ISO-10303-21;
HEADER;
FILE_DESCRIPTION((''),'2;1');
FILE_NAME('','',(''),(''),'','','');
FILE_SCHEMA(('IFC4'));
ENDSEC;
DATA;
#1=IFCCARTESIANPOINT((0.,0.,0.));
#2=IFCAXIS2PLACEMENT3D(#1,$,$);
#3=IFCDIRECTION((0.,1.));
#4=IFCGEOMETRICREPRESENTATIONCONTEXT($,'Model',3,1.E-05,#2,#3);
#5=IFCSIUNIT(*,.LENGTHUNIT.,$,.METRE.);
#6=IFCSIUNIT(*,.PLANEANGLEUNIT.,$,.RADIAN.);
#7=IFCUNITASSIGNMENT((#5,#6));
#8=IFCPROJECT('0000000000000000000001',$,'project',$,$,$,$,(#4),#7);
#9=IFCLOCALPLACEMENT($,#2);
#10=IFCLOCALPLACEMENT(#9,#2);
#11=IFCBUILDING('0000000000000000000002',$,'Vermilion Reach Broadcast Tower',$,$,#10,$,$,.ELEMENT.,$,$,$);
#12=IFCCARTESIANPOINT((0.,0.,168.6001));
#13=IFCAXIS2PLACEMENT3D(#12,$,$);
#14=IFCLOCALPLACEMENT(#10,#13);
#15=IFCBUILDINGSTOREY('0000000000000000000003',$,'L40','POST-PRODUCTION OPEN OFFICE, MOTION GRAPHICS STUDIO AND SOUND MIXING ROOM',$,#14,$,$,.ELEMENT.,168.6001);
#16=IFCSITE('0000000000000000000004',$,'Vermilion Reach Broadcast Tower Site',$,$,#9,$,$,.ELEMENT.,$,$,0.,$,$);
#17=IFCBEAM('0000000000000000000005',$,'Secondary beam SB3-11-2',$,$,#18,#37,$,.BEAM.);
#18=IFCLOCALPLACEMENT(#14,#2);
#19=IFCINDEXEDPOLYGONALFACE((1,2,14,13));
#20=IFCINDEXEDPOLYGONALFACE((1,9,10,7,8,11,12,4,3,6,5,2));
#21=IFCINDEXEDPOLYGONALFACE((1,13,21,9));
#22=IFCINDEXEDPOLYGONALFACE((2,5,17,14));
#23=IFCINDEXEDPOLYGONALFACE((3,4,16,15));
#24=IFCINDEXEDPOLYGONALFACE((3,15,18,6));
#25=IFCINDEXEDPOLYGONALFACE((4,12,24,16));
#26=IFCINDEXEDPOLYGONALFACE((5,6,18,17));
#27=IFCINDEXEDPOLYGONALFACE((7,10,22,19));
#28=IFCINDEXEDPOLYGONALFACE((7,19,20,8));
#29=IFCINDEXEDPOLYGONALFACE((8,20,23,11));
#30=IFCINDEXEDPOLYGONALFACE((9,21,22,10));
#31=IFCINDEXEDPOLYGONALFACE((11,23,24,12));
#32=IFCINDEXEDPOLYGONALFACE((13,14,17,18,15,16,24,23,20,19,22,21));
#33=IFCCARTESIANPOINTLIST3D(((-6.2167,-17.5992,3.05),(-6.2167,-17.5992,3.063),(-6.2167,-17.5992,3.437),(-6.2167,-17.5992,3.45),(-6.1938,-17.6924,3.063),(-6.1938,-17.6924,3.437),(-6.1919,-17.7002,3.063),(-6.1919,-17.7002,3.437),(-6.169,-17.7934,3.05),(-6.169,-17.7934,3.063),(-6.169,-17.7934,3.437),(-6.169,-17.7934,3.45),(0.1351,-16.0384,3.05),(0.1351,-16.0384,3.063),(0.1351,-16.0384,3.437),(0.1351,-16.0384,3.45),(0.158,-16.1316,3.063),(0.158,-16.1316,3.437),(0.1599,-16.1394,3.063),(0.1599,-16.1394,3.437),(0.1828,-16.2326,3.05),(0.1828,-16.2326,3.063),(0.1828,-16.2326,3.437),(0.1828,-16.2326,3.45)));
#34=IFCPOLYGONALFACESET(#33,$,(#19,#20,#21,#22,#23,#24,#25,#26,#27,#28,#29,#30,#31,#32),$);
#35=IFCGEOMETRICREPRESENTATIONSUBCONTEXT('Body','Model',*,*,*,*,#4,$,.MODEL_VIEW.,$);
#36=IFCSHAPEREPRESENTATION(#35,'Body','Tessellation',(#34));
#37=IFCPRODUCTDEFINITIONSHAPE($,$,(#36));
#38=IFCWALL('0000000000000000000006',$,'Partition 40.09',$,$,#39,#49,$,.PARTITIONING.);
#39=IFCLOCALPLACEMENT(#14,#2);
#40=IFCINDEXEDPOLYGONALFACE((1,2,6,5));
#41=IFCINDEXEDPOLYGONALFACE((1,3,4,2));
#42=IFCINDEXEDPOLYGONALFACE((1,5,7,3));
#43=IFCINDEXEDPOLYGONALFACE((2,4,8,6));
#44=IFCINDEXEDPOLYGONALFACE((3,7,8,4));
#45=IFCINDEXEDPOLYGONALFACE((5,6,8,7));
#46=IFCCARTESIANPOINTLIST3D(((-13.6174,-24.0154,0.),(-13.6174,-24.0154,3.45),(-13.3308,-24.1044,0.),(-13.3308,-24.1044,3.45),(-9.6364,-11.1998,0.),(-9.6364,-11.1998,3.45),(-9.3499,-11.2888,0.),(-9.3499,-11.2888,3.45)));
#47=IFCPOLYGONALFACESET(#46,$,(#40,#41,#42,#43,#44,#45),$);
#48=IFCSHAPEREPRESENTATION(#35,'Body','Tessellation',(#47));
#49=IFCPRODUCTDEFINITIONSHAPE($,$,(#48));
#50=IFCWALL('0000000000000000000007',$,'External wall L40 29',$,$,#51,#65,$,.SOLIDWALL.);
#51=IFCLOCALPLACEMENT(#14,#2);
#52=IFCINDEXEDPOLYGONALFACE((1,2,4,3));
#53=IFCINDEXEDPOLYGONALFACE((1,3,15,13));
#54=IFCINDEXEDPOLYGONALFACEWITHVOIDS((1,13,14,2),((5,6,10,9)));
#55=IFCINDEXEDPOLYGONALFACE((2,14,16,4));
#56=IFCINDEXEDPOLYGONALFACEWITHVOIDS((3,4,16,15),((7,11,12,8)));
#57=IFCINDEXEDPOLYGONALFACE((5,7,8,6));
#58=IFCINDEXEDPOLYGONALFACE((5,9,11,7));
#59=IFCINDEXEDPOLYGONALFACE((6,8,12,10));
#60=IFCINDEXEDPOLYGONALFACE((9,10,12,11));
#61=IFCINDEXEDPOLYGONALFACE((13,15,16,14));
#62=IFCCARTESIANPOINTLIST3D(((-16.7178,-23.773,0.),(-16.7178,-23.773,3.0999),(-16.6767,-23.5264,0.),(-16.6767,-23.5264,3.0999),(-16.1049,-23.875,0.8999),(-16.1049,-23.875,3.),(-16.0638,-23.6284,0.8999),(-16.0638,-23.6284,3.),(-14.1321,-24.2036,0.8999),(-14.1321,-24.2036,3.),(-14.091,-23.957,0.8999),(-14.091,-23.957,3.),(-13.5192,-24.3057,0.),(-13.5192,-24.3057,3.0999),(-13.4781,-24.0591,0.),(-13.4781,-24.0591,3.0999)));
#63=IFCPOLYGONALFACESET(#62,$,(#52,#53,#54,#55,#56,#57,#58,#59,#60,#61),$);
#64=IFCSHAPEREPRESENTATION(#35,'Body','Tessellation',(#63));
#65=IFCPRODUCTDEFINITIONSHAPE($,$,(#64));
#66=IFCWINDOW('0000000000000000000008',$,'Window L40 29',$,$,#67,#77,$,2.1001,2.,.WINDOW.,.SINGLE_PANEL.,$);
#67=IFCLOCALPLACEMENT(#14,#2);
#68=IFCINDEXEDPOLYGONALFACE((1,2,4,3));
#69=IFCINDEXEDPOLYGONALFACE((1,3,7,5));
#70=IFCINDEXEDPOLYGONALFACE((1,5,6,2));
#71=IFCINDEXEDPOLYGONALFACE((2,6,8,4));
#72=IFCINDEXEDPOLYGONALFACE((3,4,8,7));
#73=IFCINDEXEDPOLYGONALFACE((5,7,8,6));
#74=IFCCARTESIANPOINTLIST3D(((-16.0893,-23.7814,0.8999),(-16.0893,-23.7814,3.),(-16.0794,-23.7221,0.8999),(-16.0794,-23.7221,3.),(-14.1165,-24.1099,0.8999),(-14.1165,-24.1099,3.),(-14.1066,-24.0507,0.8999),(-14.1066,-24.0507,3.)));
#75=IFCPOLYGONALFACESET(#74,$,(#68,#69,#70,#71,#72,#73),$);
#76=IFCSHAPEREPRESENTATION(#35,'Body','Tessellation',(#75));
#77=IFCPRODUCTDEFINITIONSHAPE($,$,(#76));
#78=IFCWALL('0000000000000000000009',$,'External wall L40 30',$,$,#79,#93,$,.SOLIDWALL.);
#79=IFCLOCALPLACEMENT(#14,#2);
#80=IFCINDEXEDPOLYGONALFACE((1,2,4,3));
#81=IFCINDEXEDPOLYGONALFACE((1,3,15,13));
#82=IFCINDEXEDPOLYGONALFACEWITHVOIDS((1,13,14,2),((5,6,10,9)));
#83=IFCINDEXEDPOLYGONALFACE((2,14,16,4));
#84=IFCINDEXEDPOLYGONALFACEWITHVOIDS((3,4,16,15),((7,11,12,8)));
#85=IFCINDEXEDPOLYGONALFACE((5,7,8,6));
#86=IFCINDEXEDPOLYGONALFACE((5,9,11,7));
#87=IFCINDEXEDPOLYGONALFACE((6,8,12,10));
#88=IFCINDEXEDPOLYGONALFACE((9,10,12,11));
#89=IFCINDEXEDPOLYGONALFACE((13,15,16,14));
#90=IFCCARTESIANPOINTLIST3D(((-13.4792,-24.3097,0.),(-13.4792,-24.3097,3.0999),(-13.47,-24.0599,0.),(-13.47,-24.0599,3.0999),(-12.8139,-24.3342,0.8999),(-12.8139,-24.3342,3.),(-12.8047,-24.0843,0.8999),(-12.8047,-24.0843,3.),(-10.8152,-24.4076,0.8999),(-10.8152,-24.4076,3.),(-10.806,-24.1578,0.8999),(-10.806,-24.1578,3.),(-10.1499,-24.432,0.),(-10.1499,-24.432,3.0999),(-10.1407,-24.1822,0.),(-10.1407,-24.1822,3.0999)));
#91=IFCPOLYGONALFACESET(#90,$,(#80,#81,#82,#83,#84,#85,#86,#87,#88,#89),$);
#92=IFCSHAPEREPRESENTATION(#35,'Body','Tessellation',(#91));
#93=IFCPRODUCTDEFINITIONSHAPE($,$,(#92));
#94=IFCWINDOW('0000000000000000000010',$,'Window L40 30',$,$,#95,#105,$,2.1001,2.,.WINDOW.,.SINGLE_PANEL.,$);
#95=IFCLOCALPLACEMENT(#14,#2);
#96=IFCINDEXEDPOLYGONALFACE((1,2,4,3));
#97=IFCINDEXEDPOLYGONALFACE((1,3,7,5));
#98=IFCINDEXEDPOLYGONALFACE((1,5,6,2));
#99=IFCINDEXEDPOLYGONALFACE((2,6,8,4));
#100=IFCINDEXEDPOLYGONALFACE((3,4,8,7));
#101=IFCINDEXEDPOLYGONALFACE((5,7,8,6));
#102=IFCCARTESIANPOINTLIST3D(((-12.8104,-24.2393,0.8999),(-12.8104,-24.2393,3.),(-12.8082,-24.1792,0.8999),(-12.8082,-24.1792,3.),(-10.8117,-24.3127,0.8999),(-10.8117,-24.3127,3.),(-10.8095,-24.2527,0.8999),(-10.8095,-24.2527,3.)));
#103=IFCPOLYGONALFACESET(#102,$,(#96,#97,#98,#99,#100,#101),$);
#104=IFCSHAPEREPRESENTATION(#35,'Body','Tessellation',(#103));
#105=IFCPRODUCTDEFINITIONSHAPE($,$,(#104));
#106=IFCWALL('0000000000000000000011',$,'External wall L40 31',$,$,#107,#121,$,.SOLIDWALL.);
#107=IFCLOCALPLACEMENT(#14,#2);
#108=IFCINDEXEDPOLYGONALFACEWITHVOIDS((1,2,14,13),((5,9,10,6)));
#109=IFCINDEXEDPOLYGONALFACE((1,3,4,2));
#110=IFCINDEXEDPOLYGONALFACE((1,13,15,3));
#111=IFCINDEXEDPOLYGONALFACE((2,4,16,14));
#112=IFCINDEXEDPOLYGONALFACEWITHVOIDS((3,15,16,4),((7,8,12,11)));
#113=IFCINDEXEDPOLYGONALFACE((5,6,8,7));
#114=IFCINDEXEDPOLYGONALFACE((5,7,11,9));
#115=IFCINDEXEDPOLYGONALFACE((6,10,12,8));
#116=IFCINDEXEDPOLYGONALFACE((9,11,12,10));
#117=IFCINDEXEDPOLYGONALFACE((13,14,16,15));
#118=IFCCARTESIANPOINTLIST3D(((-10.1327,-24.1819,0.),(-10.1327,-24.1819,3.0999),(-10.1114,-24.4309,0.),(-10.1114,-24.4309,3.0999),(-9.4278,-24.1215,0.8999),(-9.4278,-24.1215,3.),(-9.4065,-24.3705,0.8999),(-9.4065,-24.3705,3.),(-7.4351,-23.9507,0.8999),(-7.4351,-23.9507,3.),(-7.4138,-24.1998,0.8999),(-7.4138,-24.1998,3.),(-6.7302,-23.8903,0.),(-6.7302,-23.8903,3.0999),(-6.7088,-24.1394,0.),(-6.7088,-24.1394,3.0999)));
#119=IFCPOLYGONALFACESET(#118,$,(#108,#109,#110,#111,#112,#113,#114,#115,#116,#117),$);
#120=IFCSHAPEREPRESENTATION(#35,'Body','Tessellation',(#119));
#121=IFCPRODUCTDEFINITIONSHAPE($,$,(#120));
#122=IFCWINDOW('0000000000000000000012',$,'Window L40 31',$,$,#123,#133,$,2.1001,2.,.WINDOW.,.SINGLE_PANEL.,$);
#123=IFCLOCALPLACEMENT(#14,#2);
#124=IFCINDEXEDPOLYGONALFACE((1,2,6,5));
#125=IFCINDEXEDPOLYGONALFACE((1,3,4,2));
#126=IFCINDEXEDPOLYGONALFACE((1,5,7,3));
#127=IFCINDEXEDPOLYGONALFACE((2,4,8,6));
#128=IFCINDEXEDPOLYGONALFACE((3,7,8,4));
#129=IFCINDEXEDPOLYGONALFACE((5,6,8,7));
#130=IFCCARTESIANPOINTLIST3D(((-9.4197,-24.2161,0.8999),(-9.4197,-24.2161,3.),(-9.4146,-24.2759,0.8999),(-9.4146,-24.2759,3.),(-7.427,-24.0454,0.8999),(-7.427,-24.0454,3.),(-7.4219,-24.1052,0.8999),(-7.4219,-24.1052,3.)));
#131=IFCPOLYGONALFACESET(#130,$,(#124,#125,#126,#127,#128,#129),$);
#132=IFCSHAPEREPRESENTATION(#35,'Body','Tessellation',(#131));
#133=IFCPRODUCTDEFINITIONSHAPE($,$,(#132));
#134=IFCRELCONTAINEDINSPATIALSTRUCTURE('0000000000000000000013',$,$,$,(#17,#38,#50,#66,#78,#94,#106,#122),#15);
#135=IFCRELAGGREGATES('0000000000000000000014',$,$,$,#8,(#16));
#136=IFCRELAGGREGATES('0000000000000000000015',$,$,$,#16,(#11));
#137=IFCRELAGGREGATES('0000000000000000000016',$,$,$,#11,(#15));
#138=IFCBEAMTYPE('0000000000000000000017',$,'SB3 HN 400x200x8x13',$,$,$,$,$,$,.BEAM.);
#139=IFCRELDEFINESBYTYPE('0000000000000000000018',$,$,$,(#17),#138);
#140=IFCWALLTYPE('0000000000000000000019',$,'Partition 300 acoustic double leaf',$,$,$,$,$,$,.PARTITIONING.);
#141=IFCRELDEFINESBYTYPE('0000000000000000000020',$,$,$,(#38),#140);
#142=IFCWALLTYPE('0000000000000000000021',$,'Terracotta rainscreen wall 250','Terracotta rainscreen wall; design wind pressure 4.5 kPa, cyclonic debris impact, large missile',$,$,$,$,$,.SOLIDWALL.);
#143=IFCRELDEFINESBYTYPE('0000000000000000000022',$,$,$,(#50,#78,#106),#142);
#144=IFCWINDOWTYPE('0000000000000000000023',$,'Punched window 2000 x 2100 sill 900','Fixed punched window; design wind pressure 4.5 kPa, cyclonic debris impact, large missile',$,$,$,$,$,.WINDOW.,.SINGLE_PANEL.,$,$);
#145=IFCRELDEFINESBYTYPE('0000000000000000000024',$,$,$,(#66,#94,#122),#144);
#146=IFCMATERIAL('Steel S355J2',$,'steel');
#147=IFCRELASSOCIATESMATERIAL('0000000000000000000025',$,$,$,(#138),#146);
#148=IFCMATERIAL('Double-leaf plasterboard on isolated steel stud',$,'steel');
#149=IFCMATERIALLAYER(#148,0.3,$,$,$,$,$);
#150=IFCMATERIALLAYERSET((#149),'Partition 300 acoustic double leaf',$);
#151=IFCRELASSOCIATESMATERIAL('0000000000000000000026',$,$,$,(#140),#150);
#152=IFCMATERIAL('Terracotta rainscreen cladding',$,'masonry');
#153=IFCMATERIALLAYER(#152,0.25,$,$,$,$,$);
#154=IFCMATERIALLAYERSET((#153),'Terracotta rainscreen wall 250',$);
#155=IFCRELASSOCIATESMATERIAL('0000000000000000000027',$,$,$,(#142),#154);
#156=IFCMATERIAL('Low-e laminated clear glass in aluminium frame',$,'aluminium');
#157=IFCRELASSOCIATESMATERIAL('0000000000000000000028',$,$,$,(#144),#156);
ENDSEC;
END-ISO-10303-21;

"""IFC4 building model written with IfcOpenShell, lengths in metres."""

from ifc_helpers import new_model, si_unit, direction, frame, frame_2d, origin, origin_2d, place, context, subcontext, project, spatial, rectangle, i_section, extrude, material, layer, layer_set, material_profile, profile_set, type_object, element, fill, save


model = new_model("IFC4")

# Units and contexts
model_context = context("Model", 3, precision=1e-05, world=origin(), true_north=direction((0.0, 1.0)))
body_context = subcontext(model_context, "Body", "Model", "MODEL_VIEW")
ifc_project = project(units=[si_unit("LENGTHUNIT", "METRE"), si_unit("PLANEANGLEUNIT", "RADIAN")], contexts=[model_context])

# Site, building, storey
site_placement = place(None, origin())
site = spatial("IfcSite", under=ifc_project, at=site_placement, Name="Vermilion Reach Broadcast Tower Site", CompositionType="ELEMENT", RefElevation=0.0)
building_placement = place(site_placement, origin())
building = spatial("IfcBuilding", under=site, at=building_placement, Name="Vermilion Reach Broadcast Tower", CompositionType="ELEMENT")
storey_placement = place(building_placement, frame((0.0, 0.0, 168.6001)))
storey = spatial("IfcBuildingStorey", under=building, at=storey_placement, Name="L40", Description="POST-PRODUCTION OPEN OFFICE, MOTION GRAPHICS STUDIO AND SOUND MIXING ROOM", CompositionType="ELEMENT", Elevation=168.6001)

# Beam
ifc_material_1 = material(Name="Steel S355J2", Category="steel")
ifc_material_profile_1 = material_profile(ifc_material_1, i_section(OverallWidth=0.2, OverallDepth=0.3999, WebThickness=0.0081, FlangeThickness=0.0129, at=origin_2d()), Name="S355J2 HN 400x200x8x13")
ifc_profile_set_1 = profile_set([ifc_material_profile_1], Name="Steel S355J2")
beam_type_1 = type_object("IfcBeamType", Name="SB3 HN 400x200x8x13", PredefinedType="BEAM", material=ifc_profile_set_1)
beam_1_placement = place(storey_placement, frame((-6.1929, -17.6963, 3.25), z_axis=(0.971112, 0.238625, 0.0), x_axis=(-0.238625, 0.971112, 0.0)))
element("IfcBeam", 1, at=beam_1_placement, inside=storey, type_object=beam_type_1, Name="Secondary beam SB3-11-2", PredefinedType="BEAM", context=body_context, shape_type="SweptSolid", body=[
    extrude(i_section(OverallWidth=0.2, OverallDepth=0.3999, WebThickness=0.0081, FlangeThickness=0.0129, at=origin_2d()), origin(), (0.0, 0.0, 1.0), 6.5408),
])

# Wall
ifc_material_2 = material(Name="Double-leaf plasterboard on isolated steel stud", Category="steel")
ifc_layer_1 = layer(ifc_material_2, 0.3)
ifc_layer_set_1 = layer_set([ifc_layer_1], Name="Partition 300 acoustic double leaf")
wall_type_1 = type_object("IfcWallType", Name="Partition 300 acoustic double leaf", PredefinedType="PARTITIONING", material=ifc_layer_set_1)
wall_1_placement = place(storey_placement, frame((-13.4741, -24.0601, 0.0), z_axis=(0.0, 0.0, 1.0), x_axis=(0.296649, 0.954986, 0.0)))
element("IfcWall", 2, at=wall_1_placement, inside=storey, type_object=wall_type_1, Name="Partition 40.09", PredefinedType="PARTITIONING", context=body_context, shape_type="SweptSolid", body=[
    extrude(rectangle(XDim=13.4197, YDim=0.3, at=frame_2d((6.71, 0.0))), origin(), (0.0, 0.0, 1.0), 3.45),
])

# Shared definitions
ifc_material_3 = material(Name="Terracotta rainscreen cladding", Category="masonry")
ifc_layer_2 = layer(ifc_material_3, 0.25)
ifc_layer_set_2 = layer_set([ifc_layer_2], Name="Terracotta rainscreen wall 250")
wall_type_2 = type_object("IfcWallType", Name="Terracotta rainscreen wall 250", Description="Terracotta rainscreen wall; design wind pressure 4.5 kPa, cyclonic debris impact, large missile", PredefinedType="SOLIDWALL", material=ifc_layer_set_2)

# Walls, openings, windows
wall_2_placement = place(storey_placement, frame((-16.6973, -23.6497, 0.0), z_axis=(0.0, 0.0, 1.0), x_axis=(0.986414, -0.164277, 0.0)))
wall_2 = element("IfcWall", 3, at=wall_2_placement, inside=storey, type_object=wall_type_2, Name="External wall L40 29", PredefinedType="SOLIDWALL", context=body_context, shape_type="SweptSolid", body=[
    extrude(rectangle(XDim=3.2427, YDim=0.25, at=frame_2d((1.6213, 0.0))), origin(), (0.0, 0.0, 1.0), 3.0999),
])
opening_1_placement = place(wall_2_placement, frame((0.6213, 0.0, 0.8999)))
opening_1 = element("IfcOpeningElement", 4, at=opening_1_placement, cuts=wall_2, PredefinedType="OPENING", context=body_context, shape_type="SweptSolid", body=[
    extrude(rectangle(XDim=2.0, YDim=2.1001, at=frame_2d((1.0, 1.05))), frame((0.0, 0.135, 0.0), z_axis=(0.0, -1.0, 0.0), x_axis=(1.0, 0.0, 0.0)), (0.0, 0.0, 1.0), 0.27),
])
ifc_material_4 = material(Name="Low-e laminated clear glass in aluminium frame", Category="aluminium")
window_type = type_object("IfcWindowType", Name="Punched window 2000 x 2100 sill 900", Description="Fixed punched window; design wind pressure 4.5 kPa, cyclonic debris impact, large missile", PartitioningType="SINGLE_PANEL", PredefinedType="WINDOW", material=ifc_material_4)
window_1_placement = place(opening_1_placement, origin())
window_1 = element("IfcWindow", 5, at=window_1_placement, inside=storey, type_object=window_type, Name="Window L40 29", OverallHeight=2.1001, OverallWidth=2.0, PartitioningType="SINGLE_PANEL", PredefinedType="WINDOW", context=body_context, shape_type="SweptSolid", body=[
    extrude(rectangle(XDim=2.0, YDim=2.1001, at=frame_2d((1.0, 1.05))), frame((0.0, 0.03, 0.0), z_axis=(0.0, -1.0, 0.0), x_axis=(1.0, 0.0, 0.0)), (0.0, 0.0, 1.0), 0.0601),
])
fill(opening_1, window_1)
wall_3_placement = place(storey_placement, frame((-13.4746, -24.1848, 0.0), z_axis=(0.0, 0.0, 1.0), x_axis=(0.999326, -0.036714, 0.0)))
wall_3 = element("IfcWall", 6, at=wall_3_placement, inside=storey, type_object=wall_type_2, Name="External wall L40 30", PredefinedType="SOLIDWALL", context=body_context, shape_type="SweptSolid", body=[
    extrude(rectangle(XDim=3.3315, YDim=0.25, at=frame_2d((1.6658, 0.0))), origin(), (0.0, 0.0, 1.0), 3.0999),
])
opening_2_placement = place(wall_3_placement, frame((0.6658, 0.0, 0.8999)))
opening_2 = element("IfcOpeningElement", 7, at=opening_2_placement, cuts=wall_3, PredefinedType="OPENING", context=body_context, shape_type="SweptSolid", body=[
    extrude(rectangle(XDim=2.0, YDim=2.1001, at=frame_2d((1.0, 1.05))), frame((0.0, 0.135, 0.0), z_axis=(0.0, -1.0, 0.0), x_axis=(1.0, 0.0, 0.0)), (0.0, 0.0, 1.0), 0.27),
])
window_2_placement = place(opening_2_placement, origin())
window_2 = element("IfcWindow", 8, at=window_2_placement, inside=storey, type_object=window_type, Name="Window L40 30", OverallHeight=2.1001, OverallWidth=2.0, PartitioningType="SINGLE_PANEL", PredefinedType="WINDOW", context=body_context, shape_type="SweptSolid", body=[
    extrude(rectangle(XDim=2.0, YDim=2.1001, at=frame_2d((1.0, 1.05))), frame((0.0, 0.03, 0.0), z_axis=(0.0, -1.0, 0.0), x_axis=(1.0, 0.0, 0.0)), (0.0, 0.0, 1.0), 0.0601),
])
fill(opening_2, window_2)
wall_4_placement = place(storey_placement, frame((-10.1221, -24.3064, 0.0), z_axis=(0.0, 0.0, 1.0), x_axis=(0.99635, 0.085359, 0.0)))
wall_4 = element("IfcWall", 9, at=wall_4_placement, inside=storey, type_object=wall_type_2, Name="External wall L40 31", PredefinedType="SOLIDWALL", context=body_context, shape_type="SweptSolid", body=[
    extrude(rectangle(XDim=3.415, YDim=0.25, at=frame_2d((1.7075, 0.0))), origin(), (0.0, 0.0, 1.0), 3.0999),
])
opening_3_placement = place(wall_4_placement, frame((0.7075, 0.0, 0.8999)))
opening_3 = element("IfcOpeningElement", 10, at=opening_3_placement, cuts=wall_4, PredefinedType="OPENING", context=body_context, shape_type="SweptSolid", body=[
    extrude(rectangle(XDim=2.0, YDim=2.1001, at=frame_2d((1.0, 1.05))), frame((0.0, 0.135, 0.0), z_axis=(0.0, -1.0, 0.0), x_axis=(1.0, 0.0, 0.0)), (0.0, 0.0, 1.0), 0.27),
])
window_3_placement = place(opening_3_placement, origin())
window_3 = element("IfcWindow", 11, at=window_3_placement, inside=storey, type_object=window_type, Name="Window L40 31", OverallHeight=2.1001, OverallWidth=2.0, PartitioningType="SINGLE_PANEL", PredefinedType="WINDOW", context=body_context, shape_type="SweptSolid", body=[
    extrude(rectangle(XDim=2.0, YDim=2.1001, at=frame_2d((1.0, 1.05))), frame((0.0, 0.03, 0.0), z_axis=(0.0, -1.0, 0.0), x_axis=(1.0, 0.0, 0.0)), (0.0, 0.0, 1.0), 0.0601),
])
fill(opening_3, window_3)

save(model, "model.ifc")
